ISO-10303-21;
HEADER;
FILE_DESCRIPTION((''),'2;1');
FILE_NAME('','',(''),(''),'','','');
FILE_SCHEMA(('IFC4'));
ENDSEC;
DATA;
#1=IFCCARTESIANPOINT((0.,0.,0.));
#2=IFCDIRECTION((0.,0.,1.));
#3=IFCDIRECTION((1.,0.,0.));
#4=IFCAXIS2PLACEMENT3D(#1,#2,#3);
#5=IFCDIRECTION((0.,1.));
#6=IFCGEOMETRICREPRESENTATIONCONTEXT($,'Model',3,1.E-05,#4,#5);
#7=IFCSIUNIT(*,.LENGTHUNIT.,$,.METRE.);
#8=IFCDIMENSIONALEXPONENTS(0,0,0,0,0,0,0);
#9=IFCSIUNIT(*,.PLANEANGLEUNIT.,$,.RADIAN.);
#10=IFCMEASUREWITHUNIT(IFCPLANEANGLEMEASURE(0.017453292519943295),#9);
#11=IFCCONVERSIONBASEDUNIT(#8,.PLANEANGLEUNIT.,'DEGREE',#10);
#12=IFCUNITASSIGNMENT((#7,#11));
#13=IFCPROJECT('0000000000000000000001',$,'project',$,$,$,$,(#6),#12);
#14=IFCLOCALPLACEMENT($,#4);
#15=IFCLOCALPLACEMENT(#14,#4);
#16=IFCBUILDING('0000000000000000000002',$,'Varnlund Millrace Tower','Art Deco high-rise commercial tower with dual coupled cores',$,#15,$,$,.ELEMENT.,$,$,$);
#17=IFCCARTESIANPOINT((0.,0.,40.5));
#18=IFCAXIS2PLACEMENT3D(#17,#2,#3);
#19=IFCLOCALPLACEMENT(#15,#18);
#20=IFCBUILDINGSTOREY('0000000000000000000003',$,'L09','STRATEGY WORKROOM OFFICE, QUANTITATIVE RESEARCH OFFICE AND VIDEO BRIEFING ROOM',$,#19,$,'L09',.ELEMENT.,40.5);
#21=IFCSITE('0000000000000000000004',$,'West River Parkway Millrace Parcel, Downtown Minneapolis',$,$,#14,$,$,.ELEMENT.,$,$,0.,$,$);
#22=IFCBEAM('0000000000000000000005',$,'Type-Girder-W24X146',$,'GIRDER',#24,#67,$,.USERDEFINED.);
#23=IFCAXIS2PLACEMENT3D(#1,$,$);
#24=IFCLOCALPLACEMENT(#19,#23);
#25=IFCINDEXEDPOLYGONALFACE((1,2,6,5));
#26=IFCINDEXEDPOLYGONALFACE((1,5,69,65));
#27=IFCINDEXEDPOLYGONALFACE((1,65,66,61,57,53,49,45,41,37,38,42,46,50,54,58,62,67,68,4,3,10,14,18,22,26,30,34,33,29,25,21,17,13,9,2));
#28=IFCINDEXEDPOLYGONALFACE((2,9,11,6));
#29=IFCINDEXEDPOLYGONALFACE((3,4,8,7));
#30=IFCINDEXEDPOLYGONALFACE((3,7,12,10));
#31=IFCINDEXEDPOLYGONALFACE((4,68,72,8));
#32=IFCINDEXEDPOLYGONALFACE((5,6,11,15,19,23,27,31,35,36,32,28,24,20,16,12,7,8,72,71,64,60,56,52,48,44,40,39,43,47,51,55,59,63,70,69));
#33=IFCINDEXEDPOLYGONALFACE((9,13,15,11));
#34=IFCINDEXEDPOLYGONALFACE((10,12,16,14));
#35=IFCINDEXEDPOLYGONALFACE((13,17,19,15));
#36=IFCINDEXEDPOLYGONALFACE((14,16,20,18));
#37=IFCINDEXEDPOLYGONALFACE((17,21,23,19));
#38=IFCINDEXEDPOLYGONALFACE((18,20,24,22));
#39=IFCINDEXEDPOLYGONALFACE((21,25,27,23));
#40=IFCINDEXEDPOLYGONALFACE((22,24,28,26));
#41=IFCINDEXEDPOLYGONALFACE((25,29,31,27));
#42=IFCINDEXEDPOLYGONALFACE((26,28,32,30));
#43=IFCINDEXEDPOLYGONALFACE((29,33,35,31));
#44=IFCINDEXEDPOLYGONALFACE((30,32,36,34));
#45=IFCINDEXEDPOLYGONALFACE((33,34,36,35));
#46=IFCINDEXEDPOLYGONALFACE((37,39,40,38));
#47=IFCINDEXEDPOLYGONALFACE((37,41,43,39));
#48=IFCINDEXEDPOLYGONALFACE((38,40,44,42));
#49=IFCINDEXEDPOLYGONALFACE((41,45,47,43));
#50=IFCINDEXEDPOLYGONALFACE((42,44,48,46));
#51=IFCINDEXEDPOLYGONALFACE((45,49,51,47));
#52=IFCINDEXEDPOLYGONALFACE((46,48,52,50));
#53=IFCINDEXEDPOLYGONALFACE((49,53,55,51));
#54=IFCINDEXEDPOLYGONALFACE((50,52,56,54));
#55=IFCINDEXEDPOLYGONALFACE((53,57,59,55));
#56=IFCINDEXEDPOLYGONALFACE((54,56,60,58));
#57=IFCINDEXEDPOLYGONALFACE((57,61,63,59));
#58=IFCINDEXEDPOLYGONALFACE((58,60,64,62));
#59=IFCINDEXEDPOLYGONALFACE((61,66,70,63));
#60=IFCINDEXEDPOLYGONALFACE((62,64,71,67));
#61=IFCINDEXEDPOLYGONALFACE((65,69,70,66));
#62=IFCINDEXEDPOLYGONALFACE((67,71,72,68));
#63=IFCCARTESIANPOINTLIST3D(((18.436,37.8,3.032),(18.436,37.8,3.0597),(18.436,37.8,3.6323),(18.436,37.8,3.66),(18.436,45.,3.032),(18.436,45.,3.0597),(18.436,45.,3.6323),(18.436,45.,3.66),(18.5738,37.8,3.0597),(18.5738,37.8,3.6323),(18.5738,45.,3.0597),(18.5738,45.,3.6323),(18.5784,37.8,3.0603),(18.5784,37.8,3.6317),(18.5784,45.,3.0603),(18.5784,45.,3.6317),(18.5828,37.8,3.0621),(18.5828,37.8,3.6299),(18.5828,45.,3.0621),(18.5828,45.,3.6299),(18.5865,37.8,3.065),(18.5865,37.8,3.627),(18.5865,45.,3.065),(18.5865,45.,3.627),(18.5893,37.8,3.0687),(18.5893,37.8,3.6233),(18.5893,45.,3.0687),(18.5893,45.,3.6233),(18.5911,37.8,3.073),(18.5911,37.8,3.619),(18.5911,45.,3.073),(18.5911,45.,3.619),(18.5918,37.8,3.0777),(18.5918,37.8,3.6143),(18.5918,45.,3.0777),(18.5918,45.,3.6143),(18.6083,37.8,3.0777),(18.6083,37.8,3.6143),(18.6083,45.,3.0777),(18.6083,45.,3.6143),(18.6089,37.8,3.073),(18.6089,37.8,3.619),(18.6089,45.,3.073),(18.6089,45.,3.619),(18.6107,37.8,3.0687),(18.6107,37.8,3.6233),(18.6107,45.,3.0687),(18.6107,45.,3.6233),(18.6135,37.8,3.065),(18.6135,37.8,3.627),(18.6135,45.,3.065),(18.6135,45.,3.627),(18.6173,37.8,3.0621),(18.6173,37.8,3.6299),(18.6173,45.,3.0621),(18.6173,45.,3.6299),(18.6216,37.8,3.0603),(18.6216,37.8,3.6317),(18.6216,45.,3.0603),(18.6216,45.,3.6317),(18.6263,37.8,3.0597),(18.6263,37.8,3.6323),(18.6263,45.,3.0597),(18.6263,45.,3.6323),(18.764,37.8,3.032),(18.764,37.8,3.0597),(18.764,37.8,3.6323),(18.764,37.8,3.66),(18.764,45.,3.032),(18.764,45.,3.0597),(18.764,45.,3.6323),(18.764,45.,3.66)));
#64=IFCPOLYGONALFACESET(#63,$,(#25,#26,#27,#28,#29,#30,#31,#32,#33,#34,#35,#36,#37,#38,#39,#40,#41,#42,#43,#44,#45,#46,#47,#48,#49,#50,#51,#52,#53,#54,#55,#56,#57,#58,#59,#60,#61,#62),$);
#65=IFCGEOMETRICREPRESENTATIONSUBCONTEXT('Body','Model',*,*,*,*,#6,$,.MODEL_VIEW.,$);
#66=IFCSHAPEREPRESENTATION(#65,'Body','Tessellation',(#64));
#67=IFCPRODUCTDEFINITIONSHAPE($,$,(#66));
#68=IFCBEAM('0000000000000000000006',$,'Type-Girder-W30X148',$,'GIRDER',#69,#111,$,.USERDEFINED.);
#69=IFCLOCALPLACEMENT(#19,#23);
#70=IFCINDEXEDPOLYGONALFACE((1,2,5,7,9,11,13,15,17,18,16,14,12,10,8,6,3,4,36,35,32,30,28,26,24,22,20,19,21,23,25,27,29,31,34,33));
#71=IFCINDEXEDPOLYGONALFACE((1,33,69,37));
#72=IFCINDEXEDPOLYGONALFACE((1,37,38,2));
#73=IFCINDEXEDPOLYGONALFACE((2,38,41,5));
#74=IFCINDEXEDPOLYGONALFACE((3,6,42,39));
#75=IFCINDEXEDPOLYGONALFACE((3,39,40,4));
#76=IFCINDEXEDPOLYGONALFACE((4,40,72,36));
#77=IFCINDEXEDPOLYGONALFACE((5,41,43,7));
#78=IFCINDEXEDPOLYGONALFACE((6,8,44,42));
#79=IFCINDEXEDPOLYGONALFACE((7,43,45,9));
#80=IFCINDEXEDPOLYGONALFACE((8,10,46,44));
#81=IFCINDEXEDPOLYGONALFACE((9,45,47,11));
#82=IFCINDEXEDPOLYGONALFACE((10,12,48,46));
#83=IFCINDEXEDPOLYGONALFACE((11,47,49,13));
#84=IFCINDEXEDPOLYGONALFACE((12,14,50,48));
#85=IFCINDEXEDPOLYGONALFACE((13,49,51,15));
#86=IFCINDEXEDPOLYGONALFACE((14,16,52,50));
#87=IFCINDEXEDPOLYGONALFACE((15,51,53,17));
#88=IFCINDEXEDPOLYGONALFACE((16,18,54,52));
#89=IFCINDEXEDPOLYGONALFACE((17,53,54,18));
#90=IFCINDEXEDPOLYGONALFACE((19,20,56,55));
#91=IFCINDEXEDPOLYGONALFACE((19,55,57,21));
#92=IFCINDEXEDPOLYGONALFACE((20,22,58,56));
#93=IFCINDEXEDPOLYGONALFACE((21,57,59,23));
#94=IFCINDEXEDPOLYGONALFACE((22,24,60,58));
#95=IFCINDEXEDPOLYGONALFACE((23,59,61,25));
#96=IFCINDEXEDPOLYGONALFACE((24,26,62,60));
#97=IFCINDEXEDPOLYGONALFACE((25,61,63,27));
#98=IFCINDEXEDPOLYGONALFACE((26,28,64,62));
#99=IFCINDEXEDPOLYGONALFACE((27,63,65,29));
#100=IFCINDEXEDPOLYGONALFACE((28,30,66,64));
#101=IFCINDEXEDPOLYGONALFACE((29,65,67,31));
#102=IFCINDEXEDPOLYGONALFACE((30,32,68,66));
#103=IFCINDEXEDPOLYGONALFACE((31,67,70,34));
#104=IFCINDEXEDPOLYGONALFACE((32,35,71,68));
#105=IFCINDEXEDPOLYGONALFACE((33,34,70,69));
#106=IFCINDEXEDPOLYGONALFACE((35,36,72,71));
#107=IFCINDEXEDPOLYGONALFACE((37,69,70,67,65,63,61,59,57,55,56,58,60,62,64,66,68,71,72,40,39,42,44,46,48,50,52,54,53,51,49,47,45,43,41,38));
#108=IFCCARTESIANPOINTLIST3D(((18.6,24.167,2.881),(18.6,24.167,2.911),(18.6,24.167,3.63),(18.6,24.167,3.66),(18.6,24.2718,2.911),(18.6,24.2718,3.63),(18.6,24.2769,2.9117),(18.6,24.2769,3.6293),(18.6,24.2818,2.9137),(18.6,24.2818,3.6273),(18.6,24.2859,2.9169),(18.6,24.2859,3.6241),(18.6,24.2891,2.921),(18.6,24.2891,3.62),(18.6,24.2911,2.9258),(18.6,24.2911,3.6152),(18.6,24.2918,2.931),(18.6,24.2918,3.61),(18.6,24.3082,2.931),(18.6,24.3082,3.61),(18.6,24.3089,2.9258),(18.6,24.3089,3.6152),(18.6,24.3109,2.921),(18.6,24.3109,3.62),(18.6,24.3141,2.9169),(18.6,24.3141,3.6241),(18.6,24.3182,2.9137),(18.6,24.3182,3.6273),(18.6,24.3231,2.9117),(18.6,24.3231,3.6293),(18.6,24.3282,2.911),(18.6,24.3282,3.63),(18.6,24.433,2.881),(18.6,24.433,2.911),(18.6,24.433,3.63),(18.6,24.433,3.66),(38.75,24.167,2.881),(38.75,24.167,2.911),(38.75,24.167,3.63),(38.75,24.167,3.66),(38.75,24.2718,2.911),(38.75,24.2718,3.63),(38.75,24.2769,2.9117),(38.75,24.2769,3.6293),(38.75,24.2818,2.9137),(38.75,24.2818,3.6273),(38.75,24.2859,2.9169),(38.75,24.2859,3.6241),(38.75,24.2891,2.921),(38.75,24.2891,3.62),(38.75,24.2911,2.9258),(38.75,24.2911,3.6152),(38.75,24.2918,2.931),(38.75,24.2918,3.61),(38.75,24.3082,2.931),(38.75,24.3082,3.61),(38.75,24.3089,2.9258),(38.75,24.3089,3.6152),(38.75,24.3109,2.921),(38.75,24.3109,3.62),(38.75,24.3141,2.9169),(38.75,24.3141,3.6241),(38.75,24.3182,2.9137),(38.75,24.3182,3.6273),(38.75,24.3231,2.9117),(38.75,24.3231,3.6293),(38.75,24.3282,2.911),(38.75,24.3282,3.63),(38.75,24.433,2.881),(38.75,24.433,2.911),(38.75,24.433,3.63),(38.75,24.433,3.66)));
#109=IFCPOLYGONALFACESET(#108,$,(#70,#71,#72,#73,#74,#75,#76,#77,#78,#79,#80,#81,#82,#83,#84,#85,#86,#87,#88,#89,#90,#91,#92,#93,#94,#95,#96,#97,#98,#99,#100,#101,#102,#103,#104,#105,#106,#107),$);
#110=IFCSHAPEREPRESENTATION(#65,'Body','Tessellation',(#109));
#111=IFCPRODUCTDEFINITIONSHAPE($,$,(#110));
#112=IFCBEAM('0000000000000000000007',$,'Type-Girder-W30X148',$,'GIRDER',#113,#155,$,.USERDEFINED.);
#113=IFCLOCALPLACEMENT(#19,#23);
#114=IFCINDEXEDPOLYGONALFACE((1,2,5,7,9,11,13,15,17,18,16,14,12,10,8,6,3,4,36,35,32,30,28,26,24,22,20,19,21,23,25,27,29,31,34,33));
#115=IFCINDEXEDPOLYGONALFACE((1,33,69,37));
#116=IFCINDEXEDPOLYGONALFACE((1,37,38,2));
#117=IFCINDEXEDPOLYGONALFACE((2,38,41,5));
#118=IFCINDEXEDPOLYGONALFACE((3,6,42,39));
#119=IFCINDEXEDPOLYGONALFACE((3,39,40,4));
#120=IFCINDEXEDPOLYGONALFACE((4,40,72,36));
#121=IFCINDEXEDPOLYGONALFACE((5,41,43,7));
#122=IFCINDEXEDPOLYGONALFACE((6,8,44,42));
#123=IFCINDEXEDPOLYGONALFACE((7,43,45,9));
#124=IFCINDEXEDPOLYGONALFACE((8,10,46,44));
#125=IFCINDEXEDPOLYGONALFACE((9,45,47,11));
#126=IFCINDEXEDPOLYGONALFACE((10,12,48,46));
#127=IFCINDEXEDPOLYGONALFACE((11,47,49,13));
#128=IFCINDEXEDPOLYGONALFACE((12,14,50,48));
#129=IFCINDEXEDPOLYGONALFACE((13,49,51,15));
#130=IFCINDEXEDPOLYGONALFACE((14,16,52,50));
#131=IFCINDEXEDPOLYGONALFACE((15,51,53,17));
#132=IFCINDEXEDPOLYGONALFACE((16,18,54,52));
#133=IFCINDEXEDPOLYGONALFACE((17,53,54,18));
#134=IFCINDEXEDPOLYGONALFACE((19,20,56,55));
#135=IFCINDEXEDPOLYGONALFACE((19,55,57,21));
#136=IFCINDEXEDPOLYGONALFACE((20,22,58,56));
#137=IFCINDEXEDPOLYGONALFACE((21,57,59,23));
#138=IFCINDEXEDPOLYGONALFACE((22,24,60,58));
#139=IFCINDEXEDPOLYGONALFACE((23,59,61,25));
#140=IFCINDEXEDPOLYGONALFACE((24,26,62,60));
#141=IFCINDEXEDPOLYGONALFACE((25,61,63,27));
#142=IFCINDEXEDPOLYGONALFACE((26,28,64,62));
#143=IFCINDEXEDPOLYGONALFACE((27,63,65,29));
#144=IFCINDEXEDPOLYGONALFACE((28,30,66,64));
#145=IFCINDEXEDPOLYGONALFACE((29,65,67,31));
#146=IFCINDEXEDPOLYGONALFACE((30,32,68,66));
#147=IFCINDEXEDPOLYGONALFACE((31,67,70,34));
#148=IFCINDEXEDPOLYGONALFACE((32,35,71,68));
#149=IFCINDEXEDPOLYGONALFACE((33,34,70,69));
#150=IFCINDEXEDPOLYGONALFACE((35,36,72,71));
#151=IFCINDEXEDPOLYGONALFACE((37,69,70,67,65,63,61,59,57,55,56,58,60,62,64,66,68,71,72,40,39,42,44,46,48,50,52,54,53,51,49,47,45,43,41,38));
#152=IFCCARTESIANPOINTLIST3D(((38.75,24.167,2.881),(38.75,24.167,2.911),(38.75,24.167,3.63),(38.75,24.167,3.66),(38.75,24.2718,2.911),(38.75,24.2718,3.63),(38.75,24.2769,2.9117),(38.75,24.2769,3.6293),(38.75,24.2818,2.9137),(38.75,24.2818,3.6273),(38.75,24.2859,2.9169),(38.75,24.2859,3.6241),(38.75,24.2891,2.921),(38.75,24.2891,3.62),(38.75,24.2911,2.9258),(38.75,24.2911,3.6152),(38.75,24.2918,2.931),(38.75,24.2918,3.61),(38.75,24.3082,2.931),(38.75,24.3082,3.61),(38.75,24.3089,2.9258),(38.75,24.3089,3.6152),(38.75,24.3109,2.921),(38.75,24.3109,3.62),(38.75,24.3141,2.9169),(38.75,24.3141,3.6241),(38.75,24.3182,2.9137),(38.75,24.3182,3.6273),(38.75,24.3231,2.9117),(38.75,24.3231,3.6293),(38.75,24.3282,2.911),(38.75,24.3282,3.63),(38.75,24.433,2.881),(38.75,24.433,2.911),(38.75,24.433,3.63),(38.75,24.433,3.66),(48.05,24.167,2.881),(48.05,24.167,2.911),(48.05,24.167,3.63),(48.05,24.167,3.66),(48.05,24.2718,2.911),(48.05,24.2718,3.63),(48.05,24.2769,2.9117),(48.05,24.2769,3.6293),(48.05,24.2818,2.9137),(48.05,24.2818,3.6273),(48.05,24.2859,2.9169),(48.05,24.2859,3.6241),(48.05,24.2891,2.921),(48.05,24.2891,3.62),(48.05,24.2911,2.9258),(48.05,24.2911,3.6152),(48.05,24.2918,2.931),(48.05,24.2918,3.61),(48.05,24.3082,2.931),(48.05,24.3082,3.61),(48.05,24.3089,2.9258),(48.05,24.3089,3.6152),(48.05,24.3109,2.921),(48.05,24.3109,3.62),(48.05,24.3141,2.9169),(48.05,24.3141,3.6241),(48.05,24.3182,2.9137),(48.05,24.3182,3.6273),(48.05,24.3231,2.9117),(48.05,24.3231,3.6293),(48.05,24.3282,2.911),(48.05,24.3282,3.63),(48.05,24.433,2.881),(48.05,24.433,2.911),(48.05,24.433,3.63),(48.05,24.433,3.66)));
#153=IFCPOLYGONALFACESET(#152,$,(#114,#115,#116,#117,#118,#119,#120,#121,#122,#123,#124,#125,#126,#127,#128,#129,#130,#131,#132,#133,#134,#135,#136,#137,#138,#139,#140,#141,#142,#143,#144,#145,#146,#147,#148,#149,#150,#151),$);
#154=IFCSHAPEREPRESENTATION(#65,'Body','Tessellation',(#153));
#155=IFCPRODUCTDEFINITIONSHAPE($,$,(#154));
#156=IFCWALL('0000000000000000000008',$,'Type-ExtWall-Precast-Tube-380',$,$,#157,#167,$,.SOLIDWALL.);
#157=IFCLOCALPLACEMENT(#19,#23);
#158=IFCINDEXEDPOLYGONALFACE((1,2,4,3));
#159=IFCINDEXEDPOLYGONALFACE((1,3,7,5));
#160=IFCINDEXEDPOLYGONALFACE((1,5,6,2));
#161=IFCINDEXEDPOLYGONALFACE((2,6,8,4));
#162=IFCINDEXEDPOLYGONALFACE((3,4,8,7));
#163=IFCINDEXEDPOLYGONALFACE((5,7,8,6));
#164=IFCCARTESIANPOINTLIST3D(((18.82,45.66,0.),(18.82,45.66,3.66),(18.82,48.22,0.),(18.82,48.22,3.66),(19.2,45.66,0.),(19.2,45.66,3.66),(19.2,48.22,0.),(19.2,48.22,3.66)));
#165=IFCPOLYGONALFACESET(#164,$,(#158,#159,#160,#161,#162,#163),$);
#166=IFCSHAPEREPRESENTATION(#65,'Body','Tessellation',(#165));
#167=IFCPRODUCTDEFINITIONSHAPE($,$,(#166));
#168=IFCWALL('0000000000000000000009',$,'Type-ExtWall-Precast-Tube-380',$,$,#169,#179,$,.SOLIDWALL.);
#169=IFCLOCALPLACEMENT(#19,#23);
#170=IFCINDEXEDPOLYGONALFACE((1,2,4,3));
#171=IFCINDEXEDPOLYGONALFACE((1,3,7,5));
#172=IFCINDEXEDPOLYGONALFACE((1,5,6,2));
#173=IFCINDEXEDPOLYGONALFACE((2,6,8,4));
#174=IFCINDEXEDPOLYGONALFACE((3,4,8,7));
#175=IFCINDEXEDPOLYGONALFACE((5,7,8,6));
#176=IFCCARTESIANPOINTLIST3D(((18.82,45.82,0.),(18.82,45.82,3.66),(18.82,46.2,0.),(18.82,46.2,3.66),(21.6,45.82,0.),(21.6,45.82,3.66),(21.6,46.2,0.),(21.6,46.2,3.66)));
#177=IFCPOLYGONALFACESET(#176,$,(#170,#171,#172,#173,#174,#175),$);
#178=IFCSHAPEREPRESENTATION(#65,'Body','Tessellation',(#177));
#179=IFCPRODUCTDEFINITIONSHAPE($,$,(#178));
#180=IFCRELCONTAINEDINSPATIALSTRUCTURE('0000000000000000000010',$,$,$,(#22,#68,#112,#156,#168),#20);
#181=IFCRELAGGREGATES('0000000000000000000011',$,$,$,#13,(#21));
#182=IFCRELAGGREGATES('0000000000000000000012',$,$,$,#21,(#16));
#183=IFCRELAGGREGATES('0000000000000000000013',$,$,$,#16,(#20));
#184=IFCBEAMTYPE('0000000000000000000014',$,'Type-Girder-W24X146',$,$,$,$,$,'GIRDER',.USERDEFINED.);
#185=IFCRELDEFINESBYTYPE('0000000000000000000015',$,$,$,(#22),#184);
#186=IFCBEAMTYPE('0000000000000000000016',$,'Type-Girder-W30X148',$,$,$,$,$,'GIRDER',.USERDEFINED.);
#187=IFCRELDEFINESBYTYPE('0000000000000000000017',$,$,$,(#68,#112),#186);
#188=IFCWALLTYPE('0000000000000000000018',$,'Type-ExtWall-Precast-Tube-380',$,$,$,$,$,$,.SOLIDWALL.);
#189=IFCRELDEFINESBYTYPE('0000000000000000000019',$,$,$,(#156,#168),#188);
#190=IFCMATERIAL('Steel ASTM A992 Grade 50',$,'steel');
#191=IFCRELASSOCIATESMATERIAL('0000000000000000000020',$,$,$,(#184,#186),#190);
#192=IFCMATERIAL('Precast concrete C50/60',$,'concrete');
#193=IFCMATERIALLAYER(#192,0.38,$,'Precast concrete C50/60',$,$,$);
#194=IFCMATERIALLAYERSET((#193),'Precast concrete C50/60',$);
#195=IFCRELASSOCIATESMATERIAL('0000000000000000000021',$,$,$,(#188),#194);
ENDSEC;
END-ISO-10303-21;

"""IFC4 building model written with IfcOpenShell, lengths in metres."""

from ifc_helpers import new_model, entity, si_unit, converted_unit, direction, frame, origin_with_axes, origin_2d_with_axis, place, context, subcontext, project, spatial, polyline, i_section, outline, extrude, material, layer, layer_set, material_profile, profile_set, type_object, element, save


model = new_model("IFC4")

# Units and contexts
model_context = context("Model", 3, precision=1e-05, world=origin_with_axes(), true_north=direction((0.0, 1.0)))
body_context = subcontext(model_context, "Body", "Model", "MODEL_VIEW")
ifc_project = project(units=[si_unit("LENGTHUNIT", "METRE"), converted_unit("PLANEANGLEUNIT", "DEGREE", entity("IfcPlaneAngleMeasure", 0.017453292519943295), si_unit("PLANEANGLEUNIT", "RADIAN"), dimensions=[0, 0, 0, 0, 0, 0, 0])], contexts=[model_context])

# Site, building, storey
site_placement = place(None, origin_with_axes())
site = spatial("IfcSite", under=ifc_project, at=site_placement, Name="West River Parkway Millrace Parcel, Downtown Minneapolis", CompositionType="ELEMENT", RefElevation=0.0)
building_placement = place(site_placement, origin_with_axes())
building = spatial("IfcBuilding", under=site, at=building_placement, Name="Varnlund Millrace Tower", Description="Art Deco high-rise commercial tower with dual coupled cores", CompositionType="ELEMENT")
storey_placement = place(building_placement, frame((0.0, 0.0, 40.5), z_axis=(0.0, 0.0, 1.0), x_axis=(1.0, 0.0, 0.0)))
storey = spatial("IfcBuildingStorey", under=building, at=storey_placement, Name="L09", Description="STRATEGY WORKROOM OFFICE, QUANTITATIVE RESEARCH OFFICE AND VIDEO BRIEFING ROOM", LongName="L09", CompositionType="ELEMENT", Elevation=40.5)

# Beams
ifc_material_1 = material(Name="Steel ASTM A992 Grade 50", Category="steel")
ifc_material_profile_1 = material_profile(ifc_material_1, i_section(OverallWidth=0.328, OverallDepth=0.628, WebThickness=0.0165, FlangeThickness=0.0277, FilletRadius=0.018, at=origin_2d_with_axis()), Name="Steel ASTM A992 Grade 50")
ifc_profile_set_1 = profile_set([ifc_material_profile_1], Name="Steel ASTM A992 Grade 50")
beam_type_1 = type_object("IfcBeamType", Name="Type-Girder-W24X146", ElementType="GIRDER", PredefinedType="USERDEFINED", material=ifc_profile_set_1)
beam_1_placement = place(storey_placement, frame((18.6, 37.8, 3.346), z_axis=(0.0, 1.0, 0.0), x_axis=(-1.0, 0.0, 0.0)))
element("IfcBeam", 1, at=beam_1_placement, inside=storey, type_object=beam_type_1, Name="Type-Girder-W24X146", ObjectType="GIRDER", PredefinedType="USERDEFINED", context=body_context, shape_type="SweptSolid", body=[
    extrude(i_section(OverallWidth=0.328, OverallDepth=0.628, WebThickness=0.0165, FlangeThickness=0.0277, FilletRadius=0.018, at=origin_2d_with_axis()), origin_with_axes(), (0.0, 0.0, 1.0), 7.2),
])
ifc_material_profile_2 = material_profile(ifc_material_1, i_section(OverallWidth=0.266, OverallDepth=0.779, WebThickness=0.0165, FlangeThickness=0.03, FilletRadius=0.02, at=origin_2d_with_axis()), Name="Steel ASTM A992 Grade 50")
ifc_profile_set_2 = profile_set([ifc_material_profile_2], Name="Steel ASTM A992 Grade 50")
beam_type_2 = type_object("IfcBeamType", Name="Type-Girder-W30X148", ElementType="GIRDER", PredefinedType="USERDEFINED", material=ifc_profile_set_2)
beam_2_placement = place(storey_placement, frame((18.6, 24.3, 3.2705), z_axis=(1.0, 0.0, 0.0), x_axis=(0.0, 1.0, 0.0)))
element("IfcBeam", 2, at=beam_2_placement, inside=storey, type_object=beam_type_2, Name="Type-Girder-W30X148", ObjectType="GIRDER", PredefinedType="USERDEFINED", context=body_context, shape_type="SweptSolid", body=[
    extrude(i_section(OverallWidth=0.266, OverallDepth=0.779, WebThickness=0.0165, FlangeThickness=0.03, FilletRadius=0.02, at=origin_2d_with_axis()), origin_with_axes(), (0.0, 0.0, 1.0), 20.15),
])
beam_3_placement = place(storey_placement, frame((38.75, 24.3, 3.2705), z_axis=(1.0, 0.0, 0.0), x_axis=(0.0, 1.0, 0.0)))
element("IfcBeam", 3, at=beam_3_placement, inside=storey, type_object=beam_type_2, Name="Type-Girder-W30X148", ObjectType="GIRDER", PredefinedType="USERDEFINED", context=body_context, shape_type="SweptSolid", body=[
    extrude(i_section(OverallWidth=0.266, OverallDepth=0.779, WebThickness=0.0165, FlangeThickness=0.03, FilletRadius=0.02, at=origin_2d_with_axis()), origin_with_axes(), (0.0, 0.0, 1.0), 9.3),
])

# Walls
ifc_material_2 = material(Name="Precast concrete C50/60", Category="concrete")
ifc_layer_1 = layer(ifc_material_2, 0.38, Name="Precast concrete C50/60")
ifc_layer_set_1 = layer_set([ifc_layer_1], Name="Precast concrete C50/60")
wall_type_1 = type_object("IfcWallType", Name="Type-ExtWall-Precast-Tube-380", PredefinedType="SOLIDWALL", material=ifc_layer_set_1)
wall_1_placement = place(storey_placement, frame((19.01, 48.22, 0.0), z_axis=(0.0, 0.0, 1.0), x_axis=(0.0, -1.0, 0.0)))
element("IfcWall", 4, at=wall_1_placement, inside=storey, type_object=wall_type_1, Name="Type-ExtWall-Precast-Tube-380", PredefinedType="SOLIDWALL", context=body_context, shape_type="SweptSolid", body=[
    extrude(outline(polyline([(0.0, -0.19), (2.56, -0.19), (2.56, 0.19), (0.0, 0.19), (0.0, -0.19)])), origin_with_axes(), (0.0, 0.0, 1.0), 3.66),
])
wall_2_placement = place(storey_placement, frame((18.82, 46.01, 0.0), z_axis=(0.0, 0.0, 1.0), x_axis=(1.0, 0.0, 0.0)))
element("IfcWall", 5, at=wall_2_placement, inside=storey, type_object=wall_type_1, Name="Type-ExtWall-Precast-Tube-380", PredefinedType="SOLIDWALL", context=body_context, shape_type="SweptSolid", body=[
    extrude(outline(polyline([(0.0, -0.19), (2.78, -0.19), (2.78, 0.19), (0.0, 0.19), (0.0, -0.19)])), origin_with_axes(), (0.0, 0.0, 1.0), 3.66),
])

save(model, "model.ifc")
